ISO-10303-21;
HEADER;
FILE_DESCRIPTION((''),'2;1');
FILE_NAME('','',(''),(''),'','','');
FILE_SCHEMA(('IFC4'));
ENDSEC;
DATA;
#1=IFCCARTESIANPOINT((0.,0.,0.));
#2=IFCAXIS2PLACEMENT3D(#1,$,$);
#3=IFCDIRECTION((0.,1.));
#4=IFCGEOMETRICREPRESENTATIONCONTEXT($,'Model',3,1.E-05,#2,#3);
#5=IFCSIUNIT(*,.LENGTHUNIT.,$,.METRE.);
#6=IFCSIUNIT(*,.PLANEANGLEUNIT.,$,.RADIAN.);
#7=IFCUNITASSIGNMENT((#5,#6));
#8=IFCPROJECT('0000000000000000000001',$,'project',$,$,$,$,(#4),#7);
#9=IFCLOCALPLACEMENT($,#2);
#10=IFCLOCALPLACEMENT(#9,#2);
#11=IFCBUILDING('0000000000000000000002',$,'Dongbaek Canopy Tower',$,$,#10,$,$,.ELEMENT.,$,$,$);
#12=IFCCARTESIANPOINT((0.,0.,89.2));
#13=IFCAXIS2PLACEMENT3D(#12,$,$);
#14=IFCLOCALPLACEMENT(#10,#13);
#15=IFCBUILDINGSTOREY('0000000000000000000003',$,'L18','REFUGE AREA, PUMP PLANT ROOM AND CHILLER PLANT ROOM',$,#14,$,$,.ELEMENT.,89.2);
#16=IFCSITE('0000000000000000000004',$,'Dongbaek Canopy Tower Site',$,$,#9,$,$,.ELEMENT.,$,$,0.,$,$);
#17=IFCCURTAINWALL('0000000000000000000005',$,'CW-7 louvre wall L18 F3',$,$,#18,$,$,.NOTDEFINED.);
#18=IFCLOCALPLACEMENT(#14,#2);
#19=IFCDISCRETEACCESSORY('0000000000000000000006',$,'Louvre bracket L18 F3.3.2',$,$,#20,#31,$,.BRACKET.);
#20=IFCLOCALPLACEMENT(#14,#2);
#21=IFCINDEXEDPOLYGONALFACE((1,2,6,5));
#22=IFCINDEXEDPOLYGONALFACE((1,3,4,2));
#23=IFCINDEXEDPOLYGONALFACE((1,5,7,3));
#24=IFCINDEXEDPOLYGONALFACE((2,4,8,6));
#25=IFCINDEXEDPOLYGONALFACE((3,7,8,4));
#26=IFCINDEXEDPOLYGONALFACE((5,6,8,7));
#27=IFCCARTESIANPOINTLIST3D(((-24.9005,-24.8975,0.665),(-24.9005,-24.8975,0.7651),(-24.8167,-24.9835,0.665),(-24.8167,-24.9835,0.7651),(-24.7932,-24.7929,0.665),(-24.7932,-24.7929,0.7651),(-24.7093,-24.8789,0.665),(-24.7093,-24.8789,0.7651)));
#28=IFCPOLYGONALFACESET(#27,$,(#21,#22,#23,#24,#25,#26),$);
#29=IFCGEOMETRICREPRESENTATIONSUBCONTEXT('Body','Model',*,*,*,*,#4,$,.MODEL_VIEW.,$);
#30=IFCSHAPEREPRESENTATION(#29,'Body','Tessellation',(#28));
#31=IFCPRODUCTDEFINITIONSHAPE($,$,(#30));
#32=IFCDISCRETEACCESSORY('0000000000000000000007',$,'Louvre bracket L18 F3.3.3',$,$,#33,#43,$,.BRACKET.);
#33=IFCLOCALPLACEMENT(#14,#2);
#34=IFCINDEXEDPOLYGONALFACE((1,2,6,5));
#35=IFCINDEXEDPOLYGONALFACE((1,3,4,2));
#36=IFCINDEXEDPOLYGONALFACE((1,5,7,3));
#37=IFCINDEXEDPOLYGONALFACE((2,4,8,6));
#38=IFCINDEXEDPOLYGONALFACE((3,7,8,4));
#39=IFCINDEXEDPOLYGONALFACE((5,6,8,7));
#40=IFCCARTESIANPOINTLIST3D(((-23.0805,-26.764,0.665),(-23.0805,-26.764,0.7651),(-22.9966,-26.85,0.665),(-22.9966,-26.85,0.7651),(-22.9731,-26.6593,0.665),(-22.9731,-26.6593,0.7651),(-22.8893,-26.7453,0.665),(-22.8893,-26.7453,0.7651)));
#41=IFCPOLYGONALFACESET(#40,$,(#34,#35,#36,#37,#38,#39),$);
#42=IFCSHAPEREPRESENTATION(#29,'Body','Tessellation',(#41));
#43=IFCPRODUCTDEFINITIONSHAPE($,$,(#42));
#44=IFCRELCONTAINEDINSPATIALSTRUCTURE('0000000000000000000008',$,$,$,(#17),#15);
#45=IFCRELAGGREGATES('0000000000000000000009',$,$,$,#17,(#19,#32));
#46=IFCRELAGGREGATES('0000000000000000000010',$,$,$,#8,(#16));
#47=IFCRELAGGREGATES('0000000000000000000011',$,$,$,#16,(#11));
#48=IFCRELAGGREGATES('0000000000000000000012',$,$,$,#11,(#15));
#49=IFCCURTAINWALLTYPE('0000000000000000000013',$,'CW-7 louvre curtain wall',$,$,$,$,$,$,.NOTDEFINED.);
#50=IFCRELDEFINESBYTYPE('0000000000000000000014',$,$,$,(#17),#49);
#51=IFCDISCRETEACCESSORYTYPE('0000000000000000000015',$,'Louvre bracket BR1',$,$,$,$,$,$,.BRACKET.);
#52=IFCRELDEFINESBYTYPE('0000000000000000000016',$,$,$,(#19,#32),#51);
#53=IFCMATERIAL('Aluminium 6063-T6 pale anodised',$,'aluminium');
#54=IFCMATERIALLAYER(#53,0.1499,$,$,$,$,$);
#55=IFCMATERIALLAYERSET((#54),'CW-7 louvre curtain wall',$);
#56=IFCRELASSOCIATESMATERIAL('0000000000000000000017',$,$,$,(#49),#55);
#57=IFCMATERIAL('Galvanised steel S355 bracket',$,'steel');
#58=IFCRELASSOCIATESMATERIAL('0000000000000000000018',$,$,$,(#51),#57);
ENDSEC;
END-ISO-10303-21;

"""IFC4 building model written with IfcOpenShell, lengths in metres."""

from ifc_helpers import new_model, si_unit, direction, frame, origin, origin_2d, place, context, subcontext, project, spatial, rectangle, extrude, material, layer, layer_set, type_object, element, aggregate, save


model = new_model("IFC4")

# Units and contexts
model_context = context("Model", 3, precision=1e-05, world=origin(), true_north=direction((0.0, 1.0)))
body_context = subcontext(model_context, "Body", "Model", "MODEL_VIEW")
ifc_project = project(units=[si_unit("LENGTHUNIT", "METRE"), si_unit("PLANEANGLEUNIT", "RADIAN")], contexts=[model_context])

# Site, building, storey
site_placement = place(None, origin())
site = spatial("IfcSite", under=ifc_project, at=site_placement, Name="Dongbaek Canopy Tower Site", CompositionType="ELEMENT", RefElevation=0.0)
building_placement = place(site_placement, origin())
building = spatial("IfcBuilding", under=site, at=building_placement, Name="Dongbaek Canopy Tower", CompositionType="ELEMENT")
storey_placement = place(building_placement, frame((0.0, 0.0, 89.2)))
storey = spatial("IfcBuildingStorey", under=building, at=storey_placement, Name="L18", Description="REFUGE AREA, PUMP PLANT ROOM AND CHILLER PLANT ROOM", CompositionType="ELEMENT", Elevation=89.2)

# Curtain wall
ifc_material_1 = material(Name="Aluminium 6063-T6 pale anodised", Category="aluminium")
ifc_layer_1 = layer(ifc_material_1, 0.1499)
ifc_layer_set_1 = layer_set([ifc_layer_1], Name="CW-7 louvre curtain wall")
curtain_wall_type = type_object("IfcCurtainWallType", Name="CW-7 louvre curtain wall", PredefinedType="NOTDEFINED", material=ifc_layer_set_1)
curtain_wall_placement = place(storey_placement, origin())
curtain_wall = element("IfcCurtainWall", 1, at=curtain_wall_placement, inside=storey, type_object=curtain_wall_type, Name="CW-7 louvre wall L18 F3", PredefinedType="NOTDEFINED")

# Discrete accessories
ifc_material_2 = material(Name="Galvanised steel S355 bracket", Category="steel")
discrete_accessory_type = type_object("IfcDiscreteAccessoryType", Name="Louvre bracket BR1", PredefinedType="BRACKET", material=ifc_material_2)
discrete_accessory_1_placement = place(storey_placement, frame((-24.8049, -24.8882, 0.665), z_axis=(0.0, 0.0, 1.0), x_axis=(0.698181, -0.715921, 0.0)))
discrete_accessory_1 = element("IfcDiscreteAccessory", 2, at=discrete_accessory_1_placement, type_object=discrete_accessory_type, Name="Louvre bracket L18 F3.3.2", PredefinedType="BRACKET", context=body_context, shape_type="SweptSolid", body=[
    extrude(rectangle(XDim=0.1201, YDim=0.1499, at=origin_2d()), origin(), (0.0, 0.0, 1.0), 0.1001),
])
discrete_accessory_2_placement = place(storey_placement, frame((-22.9849, -26.7546, 0.665), z_axis=(0.0, 0.0, 1.0), x_axis=(0.698181, -0.715921, 0.0)))
discrete_accessory_2 = element("IfcDiscreteAccessory", 3, at=discrete_accessory_2_placement, type_object=discrete_accessory_type, Name="Louvre bracket L18 F3.3.3", PredefinedType="BRACKET", context=body_context, shape_type="SweptSolid", body=[
    extrude(rectangle(XDim=0.1201, YDim=0.1499, at=origin_2d()), origin(), (0.0, 0.0, 1.0), 0.1001),
])
aggregate(curtain_wall, [discrete_accessory_1, discrete_accessory_2])

save(model, "model.ifc")
